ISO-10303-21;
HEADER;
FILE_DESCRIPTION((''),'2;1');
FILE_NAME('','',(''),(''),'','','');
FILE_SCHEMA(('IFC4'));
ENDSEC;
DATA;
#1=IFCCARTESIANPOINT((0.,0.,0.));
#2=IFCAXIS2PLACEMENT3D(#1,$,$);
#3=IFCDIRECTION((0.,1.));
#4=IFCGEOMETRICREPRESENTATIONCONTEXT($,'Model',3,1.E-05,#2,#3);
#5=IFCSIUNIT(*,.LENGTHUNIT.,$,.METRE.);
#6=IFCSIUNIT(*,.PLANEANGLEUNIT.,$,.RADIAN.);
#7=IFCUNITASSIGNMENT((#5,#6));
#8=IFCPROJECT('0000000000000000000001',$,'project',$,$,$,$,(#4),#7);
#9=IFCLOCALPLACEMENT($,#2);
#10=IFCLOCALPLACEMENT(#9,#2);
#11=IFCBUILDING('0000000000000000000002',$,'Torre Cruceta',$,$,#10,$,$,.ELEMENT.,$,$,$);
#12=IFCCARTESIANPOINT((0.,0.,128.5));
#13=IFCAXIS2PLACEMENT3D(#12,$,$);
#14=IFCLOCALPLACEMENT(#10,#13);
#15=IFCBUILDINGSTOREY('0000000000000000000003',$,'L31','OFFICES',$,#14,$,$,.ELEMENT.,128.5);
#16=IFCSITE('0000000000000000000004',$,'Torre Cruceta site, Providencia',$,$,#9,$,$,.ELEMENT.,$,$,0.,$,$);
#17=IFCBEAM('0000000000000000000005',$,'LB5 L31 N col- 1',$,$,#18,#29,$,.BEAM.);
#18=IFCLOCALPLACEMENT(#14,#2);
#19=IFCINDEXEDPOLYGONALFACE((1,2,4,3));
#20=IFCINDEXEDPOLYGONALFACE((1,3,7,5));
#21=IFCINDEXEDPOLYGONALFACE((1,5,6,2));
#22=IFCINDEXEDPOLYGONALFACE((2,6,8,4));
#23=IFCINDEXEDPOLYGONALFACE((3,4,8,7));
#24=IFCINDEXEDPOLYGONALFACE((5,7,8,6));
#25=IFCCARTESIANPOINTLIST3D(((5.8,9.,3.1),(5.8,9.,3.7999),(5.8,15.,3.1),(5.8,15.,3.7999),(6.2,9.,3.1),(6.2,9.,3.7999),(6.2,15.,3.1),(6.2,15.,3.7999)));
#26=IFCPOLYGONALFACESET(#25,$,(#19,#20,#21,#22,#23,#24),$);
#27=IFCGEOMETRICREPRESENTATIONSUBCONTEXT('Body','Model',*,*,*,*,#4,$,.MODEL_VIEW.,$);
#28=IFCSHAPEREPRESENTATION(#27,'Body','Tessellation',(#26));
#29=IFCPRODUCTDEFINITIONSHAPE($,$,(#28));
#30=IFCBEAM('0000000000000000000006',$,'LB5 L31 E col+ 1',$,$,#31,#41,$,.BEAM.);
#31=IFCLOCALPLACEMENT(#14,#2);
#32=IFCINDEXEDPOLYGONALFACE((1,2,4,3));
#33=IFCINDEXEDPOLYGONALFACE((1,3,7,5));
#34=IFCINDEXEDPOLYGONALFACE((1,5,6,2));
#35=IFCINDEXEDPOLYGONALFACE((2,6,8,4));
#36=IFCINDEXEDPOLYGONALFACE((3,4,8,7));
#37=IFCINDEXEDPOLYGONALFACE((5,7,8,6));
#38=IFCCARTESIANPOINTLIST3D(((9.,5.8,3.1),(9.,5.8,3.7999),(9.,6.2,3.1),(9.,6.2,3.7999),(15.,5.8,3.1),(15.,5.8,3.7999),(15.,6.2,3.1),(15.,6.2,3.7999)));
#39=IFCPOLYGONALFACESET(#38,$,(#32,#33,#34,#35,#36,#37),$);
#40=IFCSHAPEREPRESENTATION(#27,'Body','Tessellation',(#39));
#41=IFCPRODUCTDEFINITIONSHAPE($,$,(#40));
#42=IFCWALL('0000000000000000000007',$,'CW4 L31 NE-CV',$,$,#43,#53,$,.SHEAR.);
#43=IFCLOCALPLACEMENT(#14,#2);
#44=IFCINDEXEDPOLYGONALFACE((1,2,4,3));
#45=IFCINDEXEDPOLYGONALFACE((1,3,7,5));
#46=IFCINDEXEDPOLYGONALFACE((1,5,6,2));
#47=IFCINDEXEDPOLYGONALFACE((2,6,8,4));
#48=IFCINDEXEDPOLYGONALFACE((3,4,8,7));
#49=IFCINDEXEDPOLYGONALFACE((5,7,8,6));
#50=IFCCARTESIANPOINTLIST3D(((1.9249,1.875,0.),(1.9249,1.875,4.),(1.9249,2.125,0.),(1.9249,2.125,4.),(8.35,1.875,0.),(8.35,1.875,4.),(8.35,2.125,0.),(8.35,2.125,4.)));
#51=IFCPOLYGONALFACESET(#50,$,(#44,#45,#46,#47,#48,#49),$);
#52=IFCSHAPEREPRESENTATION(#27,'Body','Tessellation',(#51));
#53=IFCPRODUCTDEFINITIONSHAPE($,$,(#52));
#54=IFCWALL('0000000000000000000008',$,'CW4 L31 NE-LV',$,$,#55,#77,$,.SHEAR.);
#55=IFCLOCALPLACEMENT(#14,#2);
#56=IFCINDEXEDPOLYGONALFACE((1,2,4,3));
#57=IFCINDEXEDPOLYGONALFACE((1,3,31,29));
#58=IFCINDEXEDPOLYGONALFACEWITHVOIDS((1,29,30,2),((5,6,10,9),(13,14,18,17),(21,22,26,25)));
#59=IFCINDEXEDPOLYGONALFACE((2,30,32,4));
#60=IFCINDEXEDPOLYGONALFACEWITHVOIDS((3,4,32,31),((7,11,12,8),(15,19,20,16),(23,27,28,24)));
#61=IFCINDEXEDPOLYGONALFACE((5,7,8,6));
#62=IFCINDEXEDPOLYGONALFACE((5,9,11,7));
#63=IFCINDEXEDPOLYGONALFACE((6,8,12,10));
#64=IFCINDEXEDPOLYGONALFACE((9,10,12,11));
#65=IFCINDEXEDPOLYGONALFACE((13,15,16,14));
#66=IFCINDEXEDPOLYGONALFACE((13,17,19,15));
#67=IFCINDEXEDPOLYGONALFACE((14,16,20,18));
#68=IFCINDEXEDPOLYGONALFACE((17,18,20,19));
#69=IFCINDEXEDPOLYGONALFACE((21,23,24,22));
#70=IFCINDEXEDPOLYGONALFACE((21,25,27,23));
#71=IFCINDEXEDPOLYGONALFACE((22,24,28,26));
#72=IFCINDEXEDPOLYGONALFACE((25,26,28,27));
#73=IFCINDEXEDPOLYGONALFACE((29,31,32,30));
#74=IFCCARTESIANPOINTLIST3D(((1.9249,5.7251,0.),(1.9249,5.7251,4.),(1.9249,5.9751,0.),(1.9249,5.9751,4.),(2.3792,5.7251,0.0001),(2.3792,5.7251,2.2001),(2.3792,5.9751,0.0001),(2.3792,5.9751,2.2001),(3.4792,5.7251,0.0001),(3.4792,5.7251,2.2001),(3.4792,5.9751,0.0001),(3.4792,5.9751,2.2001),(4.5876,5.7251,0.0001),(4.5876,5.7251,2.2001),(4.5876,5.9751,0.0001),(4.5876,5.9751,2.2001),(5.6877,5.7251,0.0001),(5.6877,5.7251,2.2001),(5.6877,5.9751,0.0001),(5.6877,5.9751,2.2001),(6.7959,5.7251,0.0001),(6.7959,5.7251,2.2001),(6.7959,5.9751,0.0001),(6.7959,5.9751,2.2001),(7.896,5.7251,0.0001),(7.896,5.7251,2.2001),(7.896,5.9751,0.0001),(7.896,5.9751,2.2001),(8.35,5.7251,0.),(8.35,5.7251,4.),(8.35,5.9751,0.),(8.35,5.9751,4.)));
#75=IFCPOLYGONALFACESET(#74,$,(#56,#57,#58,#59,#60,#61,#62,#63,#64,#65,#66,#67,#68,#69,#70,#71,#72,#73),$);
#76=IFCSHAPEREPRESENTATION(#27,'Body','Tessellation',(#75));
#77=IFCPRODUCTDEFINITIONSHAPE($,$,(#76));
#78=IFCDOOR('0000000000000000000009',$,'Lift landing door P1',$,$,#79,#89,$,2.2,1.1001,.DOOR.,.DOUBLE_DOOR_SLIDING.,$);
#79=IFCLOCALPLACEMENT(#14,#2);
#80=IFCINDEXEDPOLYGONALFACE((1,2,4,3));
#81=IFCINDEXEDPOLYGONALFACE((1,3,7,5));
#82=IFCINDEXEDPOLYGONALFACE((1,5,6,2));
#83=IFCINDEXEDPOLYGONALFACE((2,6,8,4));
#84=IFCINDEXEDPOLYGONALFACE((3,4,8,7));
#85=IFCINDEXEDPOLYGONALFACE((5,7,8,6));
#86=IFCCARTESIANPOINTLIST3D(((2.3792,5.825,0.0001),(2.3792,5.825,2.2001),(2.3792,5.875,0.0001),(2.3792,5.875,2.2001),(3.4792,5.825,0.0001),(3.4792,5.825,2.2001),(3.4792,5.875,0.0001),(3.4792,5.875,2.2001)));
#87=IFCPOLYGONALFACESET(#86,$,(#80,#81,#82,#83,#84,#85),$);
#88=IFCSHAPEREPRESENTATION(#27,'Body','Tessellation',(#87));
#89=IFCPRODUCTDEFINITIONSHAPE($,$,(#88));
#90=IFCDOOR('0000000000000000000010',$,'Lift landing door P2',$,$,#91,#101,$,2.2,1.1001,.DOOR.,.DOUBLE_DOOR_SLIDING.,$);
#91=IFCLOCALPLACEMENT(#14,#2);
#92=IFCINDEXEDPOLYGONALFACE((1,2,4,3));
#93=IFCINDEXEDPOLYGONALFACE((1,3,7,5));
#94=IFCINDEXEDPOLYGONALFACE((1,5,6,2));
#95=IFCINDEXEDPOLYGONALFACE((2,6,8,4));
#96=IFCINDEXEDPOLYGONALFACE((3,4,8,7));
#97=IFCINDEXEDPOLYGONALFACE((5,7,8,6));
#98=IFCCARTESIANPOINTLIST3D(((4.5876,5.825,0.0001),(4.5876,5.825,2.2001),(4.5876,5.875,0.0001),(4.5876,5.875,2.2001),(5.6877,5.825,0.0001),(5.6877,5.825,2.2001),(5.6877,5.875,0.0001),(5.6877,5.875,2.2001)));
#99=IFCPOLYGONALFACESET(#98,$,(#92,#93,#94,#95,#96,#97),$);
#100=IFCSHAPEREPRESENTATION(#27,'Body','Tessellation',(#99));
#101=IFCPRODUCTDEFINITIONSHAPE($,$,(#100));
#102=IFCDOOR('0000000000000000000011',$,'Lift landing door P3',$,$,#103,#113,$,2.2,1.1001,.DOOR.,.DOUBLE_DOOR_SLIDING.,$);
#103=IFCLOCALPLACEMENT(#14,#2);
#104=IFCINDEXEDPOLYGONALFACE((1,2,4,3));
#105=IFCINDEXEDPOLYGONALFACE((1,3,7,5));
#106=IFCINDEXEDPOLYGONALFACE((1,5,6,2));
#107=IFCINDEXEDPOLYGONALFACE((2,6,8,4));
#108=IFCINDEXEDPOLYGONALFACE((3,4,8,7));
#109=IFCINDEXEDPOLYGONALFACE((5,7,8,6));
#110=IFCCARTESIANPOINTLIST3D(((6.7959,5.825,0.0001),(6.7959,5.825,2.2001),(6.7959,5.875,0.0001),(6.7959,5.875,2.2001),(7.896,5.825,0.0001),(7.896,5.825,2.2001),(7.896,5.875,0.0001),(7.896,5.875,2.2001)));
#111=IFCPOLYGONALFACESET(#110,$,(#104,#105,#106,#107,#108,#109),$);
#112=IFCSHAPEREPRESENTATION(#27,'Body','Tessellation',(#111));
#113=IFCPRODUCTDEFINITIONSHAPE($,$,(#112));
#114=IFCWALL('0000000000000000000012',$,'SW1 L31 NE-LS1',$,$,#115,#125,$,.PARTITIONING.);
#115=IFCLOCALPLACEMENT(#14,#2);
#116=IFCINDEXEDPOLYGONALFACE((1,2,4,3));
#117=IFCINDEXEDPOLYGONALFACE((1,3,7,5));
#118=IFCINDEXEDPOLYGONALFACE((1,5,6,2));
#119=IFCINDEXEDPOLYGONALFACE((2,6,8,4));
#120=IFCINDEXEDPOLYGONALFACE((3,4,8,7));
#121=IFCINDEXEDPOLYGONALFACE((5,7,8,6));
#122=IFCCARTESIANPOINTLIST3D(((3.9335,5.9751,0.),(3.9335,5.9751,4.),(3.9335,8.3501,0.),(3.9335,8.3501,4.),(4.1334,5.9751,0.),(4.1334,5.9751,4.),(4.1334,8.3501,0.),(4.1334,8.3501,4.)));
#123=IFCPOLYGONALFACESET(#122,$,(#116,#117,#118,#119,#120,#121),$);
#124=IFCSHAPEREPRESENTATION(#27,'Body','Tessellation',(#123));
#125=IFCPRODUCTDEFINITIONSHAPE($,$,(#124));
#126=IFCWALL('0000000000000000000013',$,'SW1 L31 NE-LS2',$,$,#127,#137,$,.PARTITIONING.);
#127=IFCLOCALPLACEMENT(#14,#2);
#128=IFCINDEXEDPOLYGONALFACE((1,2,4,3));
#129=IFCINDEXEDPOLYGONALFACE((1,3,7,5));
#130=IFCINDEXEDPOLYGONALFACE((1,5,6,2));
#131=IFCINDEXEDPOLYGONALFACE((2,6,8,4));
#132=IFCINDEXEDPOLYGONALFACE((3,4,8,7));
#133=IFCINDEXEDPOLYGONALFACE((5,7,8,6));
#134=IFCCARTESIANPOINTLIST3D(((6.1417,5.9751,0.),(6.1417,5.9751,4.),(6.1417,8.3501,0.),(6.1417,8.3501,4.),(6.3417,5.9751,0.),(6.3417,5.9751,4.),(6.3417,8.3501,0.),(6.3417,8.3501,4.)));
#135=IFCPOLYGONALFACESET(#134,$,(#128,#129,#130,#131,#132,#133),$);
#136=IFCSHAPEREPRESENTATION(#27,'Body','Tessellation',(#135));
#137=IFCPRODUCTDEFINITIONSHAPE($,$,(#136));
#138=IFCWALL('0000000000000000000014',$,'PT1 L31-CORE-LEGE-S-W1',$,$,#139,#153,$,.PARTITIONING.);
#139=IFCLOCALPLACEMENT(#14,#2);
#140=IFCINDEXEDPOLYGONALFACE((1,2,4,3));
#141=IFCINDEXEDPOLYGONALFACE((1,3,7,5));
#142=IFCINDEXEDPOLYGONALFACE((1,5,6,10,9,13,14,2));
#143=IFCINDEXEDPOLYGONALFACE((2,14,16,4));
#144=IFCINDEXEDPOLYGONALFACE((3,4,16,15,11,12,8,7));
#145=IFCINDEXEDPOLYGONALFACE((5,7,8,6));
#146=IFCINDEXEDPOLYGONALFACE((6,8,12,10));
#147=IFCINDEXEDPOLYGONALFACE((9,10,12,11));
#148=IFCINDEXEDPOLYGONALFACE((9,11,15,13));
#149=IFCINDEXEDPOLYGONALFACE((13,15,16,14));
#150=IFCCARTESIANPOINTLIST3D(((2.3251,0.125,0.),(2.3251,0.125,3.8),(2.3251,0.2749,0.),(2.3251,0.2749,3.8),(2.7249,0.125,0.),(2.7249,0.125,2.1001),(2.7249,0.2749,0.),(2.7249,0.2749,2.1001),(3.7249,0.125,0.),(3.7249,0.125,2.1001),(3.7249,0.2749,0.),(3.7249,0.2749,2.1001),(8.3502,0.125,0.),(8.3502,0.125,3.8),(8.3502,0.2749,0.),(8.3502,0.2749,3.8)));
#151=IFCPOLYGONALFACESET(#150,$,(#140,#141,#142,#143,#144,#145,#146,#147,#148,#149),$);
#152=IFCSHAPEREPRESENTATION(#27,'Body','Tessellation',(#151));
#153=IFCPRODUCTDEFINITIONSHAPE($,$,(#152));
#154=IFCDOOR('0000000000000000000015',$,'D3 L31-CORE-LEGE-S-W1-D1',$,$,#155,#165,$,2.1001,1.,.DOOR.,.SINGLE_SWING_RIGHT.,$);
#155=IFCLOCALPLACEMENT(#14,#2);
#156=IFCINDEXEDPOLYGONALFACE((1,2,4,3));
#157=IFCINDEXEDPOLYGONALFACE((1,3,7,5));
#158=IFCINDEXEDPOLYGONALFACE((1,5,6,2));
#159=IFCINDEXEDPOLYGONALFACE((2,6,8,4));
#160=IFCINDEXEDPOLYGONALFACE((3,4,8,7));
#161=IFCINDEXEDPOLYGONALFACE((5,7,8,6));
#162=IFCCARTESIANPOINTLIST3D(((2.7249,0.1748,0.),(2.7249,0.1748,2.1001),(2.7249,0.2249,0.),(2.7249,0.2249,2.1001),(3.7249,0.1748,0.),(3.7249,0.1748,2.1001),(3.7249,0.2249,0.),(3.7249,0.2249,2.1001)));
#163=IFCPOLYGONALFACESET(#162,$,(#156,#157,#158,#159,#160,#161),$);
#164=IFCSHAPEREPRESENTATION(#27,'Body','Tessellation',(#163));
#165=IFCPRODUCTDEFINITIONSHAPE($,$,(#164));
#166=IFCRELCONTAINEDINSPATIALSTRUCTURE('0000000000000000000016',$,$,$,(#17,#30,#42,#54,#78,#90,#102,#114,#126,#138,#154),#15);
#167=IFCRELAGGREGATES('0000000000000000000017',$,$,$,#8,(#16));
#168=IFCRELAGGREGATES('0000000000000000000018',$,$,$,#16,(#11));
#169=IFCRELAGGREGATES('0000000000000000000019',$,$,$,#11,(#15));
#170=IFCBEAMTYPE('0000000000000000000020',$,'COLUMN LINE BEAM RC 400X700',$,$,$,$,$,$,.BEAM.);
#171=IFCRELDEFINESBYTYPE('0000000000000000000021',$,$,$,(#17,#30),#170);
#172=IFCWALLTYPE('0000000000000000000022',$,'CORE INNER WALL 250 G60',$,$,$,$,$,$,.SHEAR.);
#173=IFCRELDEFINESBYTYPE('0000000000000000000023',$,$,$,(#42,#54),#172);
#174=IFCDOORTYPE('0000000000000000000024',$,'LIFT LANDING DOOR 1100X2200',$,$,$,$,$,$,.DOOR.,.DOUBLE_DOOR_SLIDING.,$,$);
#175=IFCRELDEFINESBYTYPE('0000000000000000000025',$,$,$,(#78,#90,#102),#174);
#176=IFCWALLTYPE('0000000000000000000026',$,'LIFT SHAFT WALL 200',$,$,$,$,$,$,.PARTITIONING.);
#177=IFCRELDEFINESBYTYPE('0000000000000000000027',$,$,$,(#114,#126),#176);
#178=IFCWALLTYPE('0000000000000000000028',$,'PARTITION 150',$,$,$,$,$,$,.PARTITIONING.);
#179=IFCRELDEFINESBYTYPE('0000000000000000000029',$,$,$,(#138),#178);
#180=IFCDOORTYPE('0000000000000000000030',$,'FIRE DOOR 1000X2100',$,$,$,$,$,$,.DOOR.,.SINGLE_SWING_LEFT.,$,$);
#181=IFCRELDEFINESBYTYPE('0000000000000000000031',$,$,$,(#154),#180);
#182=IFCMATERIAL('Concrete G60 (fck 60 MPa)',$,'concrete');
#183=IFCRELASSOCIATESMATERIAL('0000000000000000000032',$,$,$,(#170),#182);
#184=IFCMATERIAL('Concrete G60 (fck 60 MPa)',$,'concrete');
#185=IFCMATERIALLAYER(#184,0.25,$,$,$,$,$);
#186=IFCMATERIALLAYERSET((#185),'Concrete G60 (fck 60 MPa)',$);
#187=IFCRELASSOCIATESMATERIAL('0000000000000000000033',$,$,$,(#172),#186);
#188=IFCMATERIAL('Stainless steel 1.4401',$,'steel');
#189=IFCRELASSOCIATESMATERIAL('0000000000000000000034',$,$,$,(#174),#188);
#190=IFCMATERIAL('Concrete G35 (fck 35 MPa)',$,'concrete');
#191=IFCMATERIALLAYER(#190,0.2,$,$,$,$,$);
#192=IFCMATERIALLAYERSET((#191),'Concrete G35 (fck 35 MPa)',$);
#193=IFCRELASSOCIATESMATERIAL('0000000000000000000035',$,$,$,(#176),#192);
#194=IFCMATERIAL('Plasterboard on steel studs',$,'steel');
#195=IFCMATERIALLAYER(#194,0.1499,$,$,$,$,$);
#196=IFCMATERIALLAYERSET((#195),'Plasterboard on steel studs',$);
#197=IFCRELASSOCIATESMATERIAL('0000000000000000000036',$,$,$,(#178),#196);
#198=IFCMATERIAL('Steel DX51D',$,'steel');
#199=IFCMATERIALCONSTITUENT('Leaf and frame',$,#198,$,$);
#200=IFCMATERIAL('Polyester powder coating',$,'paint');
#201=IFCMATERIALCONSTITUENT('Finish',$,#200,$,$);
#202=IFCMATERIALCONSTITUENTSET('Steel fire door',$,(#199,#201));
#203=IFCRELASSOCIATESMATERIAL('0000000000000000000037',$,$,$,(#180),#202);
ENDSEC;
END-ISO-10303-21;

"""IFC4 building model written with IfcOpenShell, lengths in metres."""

from ifc_helpers import new_model, si_unit, direction, frame, frame_2d, origin, origin_2d, place, context, subcontext, project, spatial, rectangle, extrude, material, layer, layer_set, constituent, constituent_set, material_profile, profile_set, type_object, element, fill, save


model = new_model("IFC4")

# Units and contexts
model_context = context("Model", 3, precision=1e-05, world=origin(), true_north=direction((0.0, 1.0)))
body_context = subcontext(model_context, "Body", "Model", "MODEL_VIEW")
ifc_project = project(units=[si_unit("LENGTHUNIT", "METRE"), si_unit("PLANEANGLEUNIT", "RADIAN")], contexts=[model_context])

# Site, building, storey
site_placement = place(None, origin())
site = spatial("IfcSite", under=ifc_project, at=site_placement, Name="Torre Cruceta site, Providencia", CompositionType="ELEMENT", RefElevation=0.0)
building_placement = place(site_placement, origin())
building = spatial("IfcBuilding", under=site, at=building_placement, Name="Torre Cruceta", CompositionType="ELEMENT")
storey_placement = place(building_placement, frame((0.0, 0.0, 128.5)))
storey = spatial("IfcBuildingStorey", under=building, at=storey_placement, Name="L31", Description="OFFICES", CompositionType="ELEMENT", Elevation=128.5)

# Beams
ifc_material_1 = material(Name="Concrete G60 (fck 60 MPa)", Category="concrete")
ifc_material_profile = material_profile(ifc_material_1, rectangle(XDim=0.3999, YDim=0.7, at=origin_2d()), Name="RC 400X700")
ifc_profile_set = profile_set([ifc_material_profile], Name="Concrete G60 (fck 60 MPa)")
beam_type = type_object("IfcBeamType", Name="COLUMN LINE BEAM RC 400X700", PredefinedType="BEAM", material=ifc_profile_set)
for number, where, z_axis, x_axis, name in (
    (1, (6.0, 9.0, 3.45), (0.0, 1.0, 0.0), (-1.0, 0.0, 0.0), "LB5 L31 N col- 1"),
    (2, (9.0, 6.0, 3.45), (1.0, 0.0, 0.0), (0.0, 1.0, 0.0), "LB5 L31 E col+ 1"),
):
    element("IfcBeam", number, at=place(storey_placement, frame(where, z_axis=z_axis, x_axis=x_axis)), inside=storey, type_object=beam_type, Name=name, PredefinedType="BEAM", context=body_context, shape_type="SweptSolid", body=[
        extrude(rectangle(XDim=0.3999, YDim=0.7, at=origin_2d()), origin(), (0.0, 0.0, 1.0), 6.0),
    ])

# Shared definitions
ifc_material_2 = material(Name="Concrete G60 (fck 60 MPa)", Category="concrete")
ifc_layer_1 = layer(ifc_material_2, 0.25)
ifc_layer_set_1 = layer_set([ifc_layer_1], Name="Concrete G60 (fck 60 MPa)")
wall_type_1 = type_object("IfcWallType", Name="CORE INNER WALL 250 G60", PredefinedType="SHEAR", material=ifc_layer_set_1)

# Wall
wall_1_placement = place(storey_placement, frame((1.925, 2.0, 0.0), z_axis=(0.0, 0.0, 1.0), x_axis=(1.0, 0.0, 0.0)))
element("IfcWall", 3, at=wall_1_placement, inside=storey, type_object=wall_type_1, Name="CW4 L31 NE-CV", PredefinedType="SHEAR", context=body_context, shape_type="SweptSolid", body=[
    extrude(rectangle(XDim=6.425, YDim=0.25, at=frame_2d((3.2124, 0.0))), origin(), (0.0, 0.0, 1.0), 4.0),
])

# Wall, openings, doors
wall_2_placement = place(storey_placement, frame((1.925, 5.8501, 0.0), z_axis=(0.0, 0.0, 1.0), x_axis=(1.0, 0.0, 0.0)))
wall_2 = element("IfcWall", 4, at=wall_2_placement, inside=storey, type_object=wall_type_1, Name="CW4 L31 NE-LV", PredefinedType="SHEAR", context=body_context, shape_type="SweptSolid", body=[
    extrude(rectangle(XDim=6.425, YDim=0.25, at=frame_2d((3.2124, 0.0))), origin(), (0.0, 0.0, 1.0), 4.0),
])
opening_1_placement = place(wall_2_placement, frame((0.4541, 0.0, 0.0)))
opening_1 = element("IfcOpeningElement", 5, at=opening_1_placement, cuts=wall_2, PredefinedType="OPENING", context=body_context, shape_type="SweptSolid", body=[
    extrude(rectangle(XDim=1.1001, YDim=2.2, at=frame_2d((0.55, 1.1001))), frame((0.0, 0.135, 0.0), z_axis=(0.0, -1.0, 0.0), x_axis=(1.0, 0.0, 0.0)), (0.0, 0.0, 1.0), 0.27),
])
opening_2_placement = place(wall_2_placement, frame((2.6626, 0.0, 0.0)))
opening_2 = element("IfcOpeningElement", 6, at=opening_2_placement, cuts=wall_2, PredefinedType="OPENING", context=body_context, shape_type="SweptSolid", body=[
    extrude(rectangle(XDim=1.1001, YDim=2.2, at=frame_2d((0.55, 1.1001))), frame((0.0, 0.135, 0.0), z_axis=(0.0, -1.0, 0.0), x_axis=(1.0, 0.0, 0.0)), (0.0, 0.0, 1.0), 0.27),
])
opening_3_placement = place(wall_2_placement, frame((4.8708, 0.0, 0.0)))
opening_3 = element("IfcOpeningElement", 7, at=opening_3_placement, cuts=wall_2, PredefinedType="OPENING", context=body_context, shape_type="SweptSolid", body=[
    extrude(rectangle(XDim=1.1001, YDim=2.2, at=frame_2d((0.55, 1.1001))), frame((0.0, 0.135, 0.0), z_axis=(0.0, -1.0, 0.0), x_axis=(1.0, 0.0, 0.0)), (0.0, 0.0, 1.0), 0.27),
])
ifc_material_3 = material(Name="Stainless steel 1.4401", Category="steel")
door_type_1 = type_object("IfcDoorType", Name="LIFT LANDING DOOR 1100X2200", OperationType="DOUBLE_DOOR_SLIDING", PredefinedType="DOOR", material=ifc_material_3)
door_1_placement = place(opening_1_placement, origin())
door_1 = element("IfcDoor", 8, at=door_1_placement, inside=storey, type_object=door_type_1, Name="Lift landing door P1", OperationType="DOUBLE_DOOR_SLIDING", OverallHeight=2.2, OverallWidth=1.1001, PredefinedType="DOOR", context=body_context, shape_type="SweptSolid", body=[
    extrude(rectangle(XDim=1.1001, YDim=2.2, at=frame_2d((0.55, 1.1001))), frame((0.0, 0.0249, 0.0), z_axis=(0.0, -1.0, 0.0), x_axis=(1.0, 0.0, 0.0)), (0.0, 0.0, 1.0), 0.05),
])
fill(opening_1, door_1)
door_2_placement = place(opening_2_placement, origin())
door_2 = element("IfcDoor", 9, at=door_2_placement, inside=storey, type_object=door_type_1, Name="Lift landing door P2", OperationType="DOUBLE_DOOR_SLIDING", OverallHeight=2.2, OverallWidth=1.1001, PredefinedType="DOOR", context=body_context, shape_type="SweptSolid", body=[
    extrude(rectangle(XDim=1.1001, YDim=2.2, at=frame_2d((0.55, 1.1001))), frame((0.0, 0.0249, 0.0), z_axis=(0.0, -1.0, 0.0), x_axis=(1.0, 0.0, 0.0)), (0.0, 0.0, 1.0), 0.05),
])
fill(opening_2, door_2)
door_3_placement = place(opening_3_placement, origin())
door_3 = element("IfcDoor", 10, at=door_3_placement, inside=storey, type_object=door_type_1, Name="Lift landing door P3", OperationType="DOUBLE_DOOR_SLIDING", OverallHeight=2.2, OverallWidth=1.1001, PredefinedType="DOOR", context=body_context, shape_type="SweptSolid", body=[
    extrude(rectangle(XDim=1.1001, YDim=2.2, at=frame_2d((0.55, 1.1001))), frame((0.0, 0.0249, 0.0), z_axis=(0.0, -1.0, 0.0), x_axis=(1.0, 0.0, 0.0)), (0.0, 0.0, 1.0), 0.05),
])
fill(opening_3, door_3)

# Walls
ifc_material_4 = material(Name="Concrete G35 (fck 35 MPa)", Category="concrete")
ifc_layer_2 = layer(ifc_material_4, 0.2)
ifc_layer_set_2 = layer_set([ifc_layer_2], Name="Concrete G35 (fck 35 MPa)")
wall_type_2 = type_object("IfcWallType", Name="LIFT SHAFT WALL 200", PredefinedType="PARTITIONING", material=ifc_layer_set_2)
for number, where, z_axis, x_axis, name in (
    (11, (4.0334, 5.9751, 0.0), (0.0, 0.0, 1.0), (0.0, 1.0, 0.0), "SW1 L31 NE-LS1"),
    (12, (6.2417, 5.9751, 0.0), (0.0, 0.0, 1.0), (0.0, 1.0, 0.0), "SW1 L31 NE-LS2"),
):
    element("IfcWall", number, at=place(storey_placement, frame(where, z_axis=z_axis, x_axis=x_axis)), inside=storey, type_object=wall_type_2, Name=name, PredefinedType="PARTITIONING", context=body_context, shape_type="SweptSolid", body=[
        extrude(rectangle(XDim=2.375, YDim=0.2, at=frame_2d((1.1875, 0.0))), origin(), (0.0, 0.0, 1.0), 4.0),
    ])

# Wall, opening, door
ifc_material_5 = material(Name="Plasterboard on steel studs", Category="steel")
ifc_layer_3 = layer(ifc_material_5, 0.1499)
ifc_layer_set_3 = layer_set([ifc_layer_3], Name="Plasterboard on steel studs")
wall_type_3 = type_object("IfcWallType", Name="PARTITION 150", PredefinedType="PARTITIONING", material=ifc_layer_set_3)
wall_3_placement = place(storey_placement, frame((2.325, 0.2, 0.0), z_axis=(0.0, 0.0, 1.0), x_axis=(1.0, 0.0, 0.0)))
wall_3 = element("IfcWall", 13, at=wall_3_placement, inside=storey, type_object=wall_type_3, Name="PT1 L31-CORE-LEGE-S-W1", PredefinedType="PARTITIONING", context=body_context, shape_type="SweptSolid", body=[
    extrude(rectangle(XDim=6.0251, YDim=0.1499, at=frame_2d((3.0127, 0.0))), origin(), (0.0, 0.0, 1.0), 3.8),
])
opening_4_placement = place(wall_3_placement, frame((0.3999, 0.0, 0.0)))
opening_4 = element("IfcOpeningElement", 14, at=opening_4_placement, cuts=wall_3, PredefinedType="OPENING", context=body_context, shape_type="SweptSolid", body=[
    extrude(rectangle(XDim=1.0, YDim=2.1001, at=frame_2d((0.5, 1.05))), frame((0.0, 0.085, 0.0), z_axis=(0.0, -1.0, 0.0), x_axis=(1.0, 0.0, 0.0)), (0.0, 0.0, 1.0), 0.1699),
])
ifc_material_6 = material(Name="Steel DX51D", Category="steel")
ifc_constituent_1 = constituent(ifc_material_6, Name="Leaf and frame")
ifc_material_7 = material(Name="Polyester powder coating", Category="paint")
ifc_constituent_2 = constituent(ifc_material_7, Name="Finish")
ifc_constituent_set_1 = constituent_set(constituents=[ifc_constituent_1, ifc_constituent_2], Name="Steel fire door")
door_type_2 = type_object("IfcDoorType", Name="FIRE DOOR 1000X2100", OperationType="SINGLE_SWING_LEFT", PredefinedType="DOOR", material=ifc_constituent_set_1)
door_4_placement = place(opening_4_placement, frame((1.0, 0.0, 0.0), z_axis=(0.0, 0.0, 1.0), x_axis=(-1.0, 0.0, 0.0)))
door_4 = element("IfcDoor", 15, at=door_4_placement, inside=storey, type_object=door_type_2, Name="D3 L31-CORE-LEGE-S-W1-D1", OperationType="SINGLE_SWING_RIGHT", OverallHeight=2.1001, OverallWidth=1.0, PredefinedType="DOOR", context=body_context, shape_type="SweptSolid", body=[
    extrude(rectangle(XDim=1.0, YDim=2.1001, at=frame_2d((0.5, 1.05))), frame((0.0, 0.0251, 0.0), z_axis=(0.0, -1.0, 0.0), x_axis=(1.0, 0.0, 0.0)), (0.0, 0.0, 1.0), 0.05),
])
fill(opening_4, door_4)

save(model, "model.ifc")
